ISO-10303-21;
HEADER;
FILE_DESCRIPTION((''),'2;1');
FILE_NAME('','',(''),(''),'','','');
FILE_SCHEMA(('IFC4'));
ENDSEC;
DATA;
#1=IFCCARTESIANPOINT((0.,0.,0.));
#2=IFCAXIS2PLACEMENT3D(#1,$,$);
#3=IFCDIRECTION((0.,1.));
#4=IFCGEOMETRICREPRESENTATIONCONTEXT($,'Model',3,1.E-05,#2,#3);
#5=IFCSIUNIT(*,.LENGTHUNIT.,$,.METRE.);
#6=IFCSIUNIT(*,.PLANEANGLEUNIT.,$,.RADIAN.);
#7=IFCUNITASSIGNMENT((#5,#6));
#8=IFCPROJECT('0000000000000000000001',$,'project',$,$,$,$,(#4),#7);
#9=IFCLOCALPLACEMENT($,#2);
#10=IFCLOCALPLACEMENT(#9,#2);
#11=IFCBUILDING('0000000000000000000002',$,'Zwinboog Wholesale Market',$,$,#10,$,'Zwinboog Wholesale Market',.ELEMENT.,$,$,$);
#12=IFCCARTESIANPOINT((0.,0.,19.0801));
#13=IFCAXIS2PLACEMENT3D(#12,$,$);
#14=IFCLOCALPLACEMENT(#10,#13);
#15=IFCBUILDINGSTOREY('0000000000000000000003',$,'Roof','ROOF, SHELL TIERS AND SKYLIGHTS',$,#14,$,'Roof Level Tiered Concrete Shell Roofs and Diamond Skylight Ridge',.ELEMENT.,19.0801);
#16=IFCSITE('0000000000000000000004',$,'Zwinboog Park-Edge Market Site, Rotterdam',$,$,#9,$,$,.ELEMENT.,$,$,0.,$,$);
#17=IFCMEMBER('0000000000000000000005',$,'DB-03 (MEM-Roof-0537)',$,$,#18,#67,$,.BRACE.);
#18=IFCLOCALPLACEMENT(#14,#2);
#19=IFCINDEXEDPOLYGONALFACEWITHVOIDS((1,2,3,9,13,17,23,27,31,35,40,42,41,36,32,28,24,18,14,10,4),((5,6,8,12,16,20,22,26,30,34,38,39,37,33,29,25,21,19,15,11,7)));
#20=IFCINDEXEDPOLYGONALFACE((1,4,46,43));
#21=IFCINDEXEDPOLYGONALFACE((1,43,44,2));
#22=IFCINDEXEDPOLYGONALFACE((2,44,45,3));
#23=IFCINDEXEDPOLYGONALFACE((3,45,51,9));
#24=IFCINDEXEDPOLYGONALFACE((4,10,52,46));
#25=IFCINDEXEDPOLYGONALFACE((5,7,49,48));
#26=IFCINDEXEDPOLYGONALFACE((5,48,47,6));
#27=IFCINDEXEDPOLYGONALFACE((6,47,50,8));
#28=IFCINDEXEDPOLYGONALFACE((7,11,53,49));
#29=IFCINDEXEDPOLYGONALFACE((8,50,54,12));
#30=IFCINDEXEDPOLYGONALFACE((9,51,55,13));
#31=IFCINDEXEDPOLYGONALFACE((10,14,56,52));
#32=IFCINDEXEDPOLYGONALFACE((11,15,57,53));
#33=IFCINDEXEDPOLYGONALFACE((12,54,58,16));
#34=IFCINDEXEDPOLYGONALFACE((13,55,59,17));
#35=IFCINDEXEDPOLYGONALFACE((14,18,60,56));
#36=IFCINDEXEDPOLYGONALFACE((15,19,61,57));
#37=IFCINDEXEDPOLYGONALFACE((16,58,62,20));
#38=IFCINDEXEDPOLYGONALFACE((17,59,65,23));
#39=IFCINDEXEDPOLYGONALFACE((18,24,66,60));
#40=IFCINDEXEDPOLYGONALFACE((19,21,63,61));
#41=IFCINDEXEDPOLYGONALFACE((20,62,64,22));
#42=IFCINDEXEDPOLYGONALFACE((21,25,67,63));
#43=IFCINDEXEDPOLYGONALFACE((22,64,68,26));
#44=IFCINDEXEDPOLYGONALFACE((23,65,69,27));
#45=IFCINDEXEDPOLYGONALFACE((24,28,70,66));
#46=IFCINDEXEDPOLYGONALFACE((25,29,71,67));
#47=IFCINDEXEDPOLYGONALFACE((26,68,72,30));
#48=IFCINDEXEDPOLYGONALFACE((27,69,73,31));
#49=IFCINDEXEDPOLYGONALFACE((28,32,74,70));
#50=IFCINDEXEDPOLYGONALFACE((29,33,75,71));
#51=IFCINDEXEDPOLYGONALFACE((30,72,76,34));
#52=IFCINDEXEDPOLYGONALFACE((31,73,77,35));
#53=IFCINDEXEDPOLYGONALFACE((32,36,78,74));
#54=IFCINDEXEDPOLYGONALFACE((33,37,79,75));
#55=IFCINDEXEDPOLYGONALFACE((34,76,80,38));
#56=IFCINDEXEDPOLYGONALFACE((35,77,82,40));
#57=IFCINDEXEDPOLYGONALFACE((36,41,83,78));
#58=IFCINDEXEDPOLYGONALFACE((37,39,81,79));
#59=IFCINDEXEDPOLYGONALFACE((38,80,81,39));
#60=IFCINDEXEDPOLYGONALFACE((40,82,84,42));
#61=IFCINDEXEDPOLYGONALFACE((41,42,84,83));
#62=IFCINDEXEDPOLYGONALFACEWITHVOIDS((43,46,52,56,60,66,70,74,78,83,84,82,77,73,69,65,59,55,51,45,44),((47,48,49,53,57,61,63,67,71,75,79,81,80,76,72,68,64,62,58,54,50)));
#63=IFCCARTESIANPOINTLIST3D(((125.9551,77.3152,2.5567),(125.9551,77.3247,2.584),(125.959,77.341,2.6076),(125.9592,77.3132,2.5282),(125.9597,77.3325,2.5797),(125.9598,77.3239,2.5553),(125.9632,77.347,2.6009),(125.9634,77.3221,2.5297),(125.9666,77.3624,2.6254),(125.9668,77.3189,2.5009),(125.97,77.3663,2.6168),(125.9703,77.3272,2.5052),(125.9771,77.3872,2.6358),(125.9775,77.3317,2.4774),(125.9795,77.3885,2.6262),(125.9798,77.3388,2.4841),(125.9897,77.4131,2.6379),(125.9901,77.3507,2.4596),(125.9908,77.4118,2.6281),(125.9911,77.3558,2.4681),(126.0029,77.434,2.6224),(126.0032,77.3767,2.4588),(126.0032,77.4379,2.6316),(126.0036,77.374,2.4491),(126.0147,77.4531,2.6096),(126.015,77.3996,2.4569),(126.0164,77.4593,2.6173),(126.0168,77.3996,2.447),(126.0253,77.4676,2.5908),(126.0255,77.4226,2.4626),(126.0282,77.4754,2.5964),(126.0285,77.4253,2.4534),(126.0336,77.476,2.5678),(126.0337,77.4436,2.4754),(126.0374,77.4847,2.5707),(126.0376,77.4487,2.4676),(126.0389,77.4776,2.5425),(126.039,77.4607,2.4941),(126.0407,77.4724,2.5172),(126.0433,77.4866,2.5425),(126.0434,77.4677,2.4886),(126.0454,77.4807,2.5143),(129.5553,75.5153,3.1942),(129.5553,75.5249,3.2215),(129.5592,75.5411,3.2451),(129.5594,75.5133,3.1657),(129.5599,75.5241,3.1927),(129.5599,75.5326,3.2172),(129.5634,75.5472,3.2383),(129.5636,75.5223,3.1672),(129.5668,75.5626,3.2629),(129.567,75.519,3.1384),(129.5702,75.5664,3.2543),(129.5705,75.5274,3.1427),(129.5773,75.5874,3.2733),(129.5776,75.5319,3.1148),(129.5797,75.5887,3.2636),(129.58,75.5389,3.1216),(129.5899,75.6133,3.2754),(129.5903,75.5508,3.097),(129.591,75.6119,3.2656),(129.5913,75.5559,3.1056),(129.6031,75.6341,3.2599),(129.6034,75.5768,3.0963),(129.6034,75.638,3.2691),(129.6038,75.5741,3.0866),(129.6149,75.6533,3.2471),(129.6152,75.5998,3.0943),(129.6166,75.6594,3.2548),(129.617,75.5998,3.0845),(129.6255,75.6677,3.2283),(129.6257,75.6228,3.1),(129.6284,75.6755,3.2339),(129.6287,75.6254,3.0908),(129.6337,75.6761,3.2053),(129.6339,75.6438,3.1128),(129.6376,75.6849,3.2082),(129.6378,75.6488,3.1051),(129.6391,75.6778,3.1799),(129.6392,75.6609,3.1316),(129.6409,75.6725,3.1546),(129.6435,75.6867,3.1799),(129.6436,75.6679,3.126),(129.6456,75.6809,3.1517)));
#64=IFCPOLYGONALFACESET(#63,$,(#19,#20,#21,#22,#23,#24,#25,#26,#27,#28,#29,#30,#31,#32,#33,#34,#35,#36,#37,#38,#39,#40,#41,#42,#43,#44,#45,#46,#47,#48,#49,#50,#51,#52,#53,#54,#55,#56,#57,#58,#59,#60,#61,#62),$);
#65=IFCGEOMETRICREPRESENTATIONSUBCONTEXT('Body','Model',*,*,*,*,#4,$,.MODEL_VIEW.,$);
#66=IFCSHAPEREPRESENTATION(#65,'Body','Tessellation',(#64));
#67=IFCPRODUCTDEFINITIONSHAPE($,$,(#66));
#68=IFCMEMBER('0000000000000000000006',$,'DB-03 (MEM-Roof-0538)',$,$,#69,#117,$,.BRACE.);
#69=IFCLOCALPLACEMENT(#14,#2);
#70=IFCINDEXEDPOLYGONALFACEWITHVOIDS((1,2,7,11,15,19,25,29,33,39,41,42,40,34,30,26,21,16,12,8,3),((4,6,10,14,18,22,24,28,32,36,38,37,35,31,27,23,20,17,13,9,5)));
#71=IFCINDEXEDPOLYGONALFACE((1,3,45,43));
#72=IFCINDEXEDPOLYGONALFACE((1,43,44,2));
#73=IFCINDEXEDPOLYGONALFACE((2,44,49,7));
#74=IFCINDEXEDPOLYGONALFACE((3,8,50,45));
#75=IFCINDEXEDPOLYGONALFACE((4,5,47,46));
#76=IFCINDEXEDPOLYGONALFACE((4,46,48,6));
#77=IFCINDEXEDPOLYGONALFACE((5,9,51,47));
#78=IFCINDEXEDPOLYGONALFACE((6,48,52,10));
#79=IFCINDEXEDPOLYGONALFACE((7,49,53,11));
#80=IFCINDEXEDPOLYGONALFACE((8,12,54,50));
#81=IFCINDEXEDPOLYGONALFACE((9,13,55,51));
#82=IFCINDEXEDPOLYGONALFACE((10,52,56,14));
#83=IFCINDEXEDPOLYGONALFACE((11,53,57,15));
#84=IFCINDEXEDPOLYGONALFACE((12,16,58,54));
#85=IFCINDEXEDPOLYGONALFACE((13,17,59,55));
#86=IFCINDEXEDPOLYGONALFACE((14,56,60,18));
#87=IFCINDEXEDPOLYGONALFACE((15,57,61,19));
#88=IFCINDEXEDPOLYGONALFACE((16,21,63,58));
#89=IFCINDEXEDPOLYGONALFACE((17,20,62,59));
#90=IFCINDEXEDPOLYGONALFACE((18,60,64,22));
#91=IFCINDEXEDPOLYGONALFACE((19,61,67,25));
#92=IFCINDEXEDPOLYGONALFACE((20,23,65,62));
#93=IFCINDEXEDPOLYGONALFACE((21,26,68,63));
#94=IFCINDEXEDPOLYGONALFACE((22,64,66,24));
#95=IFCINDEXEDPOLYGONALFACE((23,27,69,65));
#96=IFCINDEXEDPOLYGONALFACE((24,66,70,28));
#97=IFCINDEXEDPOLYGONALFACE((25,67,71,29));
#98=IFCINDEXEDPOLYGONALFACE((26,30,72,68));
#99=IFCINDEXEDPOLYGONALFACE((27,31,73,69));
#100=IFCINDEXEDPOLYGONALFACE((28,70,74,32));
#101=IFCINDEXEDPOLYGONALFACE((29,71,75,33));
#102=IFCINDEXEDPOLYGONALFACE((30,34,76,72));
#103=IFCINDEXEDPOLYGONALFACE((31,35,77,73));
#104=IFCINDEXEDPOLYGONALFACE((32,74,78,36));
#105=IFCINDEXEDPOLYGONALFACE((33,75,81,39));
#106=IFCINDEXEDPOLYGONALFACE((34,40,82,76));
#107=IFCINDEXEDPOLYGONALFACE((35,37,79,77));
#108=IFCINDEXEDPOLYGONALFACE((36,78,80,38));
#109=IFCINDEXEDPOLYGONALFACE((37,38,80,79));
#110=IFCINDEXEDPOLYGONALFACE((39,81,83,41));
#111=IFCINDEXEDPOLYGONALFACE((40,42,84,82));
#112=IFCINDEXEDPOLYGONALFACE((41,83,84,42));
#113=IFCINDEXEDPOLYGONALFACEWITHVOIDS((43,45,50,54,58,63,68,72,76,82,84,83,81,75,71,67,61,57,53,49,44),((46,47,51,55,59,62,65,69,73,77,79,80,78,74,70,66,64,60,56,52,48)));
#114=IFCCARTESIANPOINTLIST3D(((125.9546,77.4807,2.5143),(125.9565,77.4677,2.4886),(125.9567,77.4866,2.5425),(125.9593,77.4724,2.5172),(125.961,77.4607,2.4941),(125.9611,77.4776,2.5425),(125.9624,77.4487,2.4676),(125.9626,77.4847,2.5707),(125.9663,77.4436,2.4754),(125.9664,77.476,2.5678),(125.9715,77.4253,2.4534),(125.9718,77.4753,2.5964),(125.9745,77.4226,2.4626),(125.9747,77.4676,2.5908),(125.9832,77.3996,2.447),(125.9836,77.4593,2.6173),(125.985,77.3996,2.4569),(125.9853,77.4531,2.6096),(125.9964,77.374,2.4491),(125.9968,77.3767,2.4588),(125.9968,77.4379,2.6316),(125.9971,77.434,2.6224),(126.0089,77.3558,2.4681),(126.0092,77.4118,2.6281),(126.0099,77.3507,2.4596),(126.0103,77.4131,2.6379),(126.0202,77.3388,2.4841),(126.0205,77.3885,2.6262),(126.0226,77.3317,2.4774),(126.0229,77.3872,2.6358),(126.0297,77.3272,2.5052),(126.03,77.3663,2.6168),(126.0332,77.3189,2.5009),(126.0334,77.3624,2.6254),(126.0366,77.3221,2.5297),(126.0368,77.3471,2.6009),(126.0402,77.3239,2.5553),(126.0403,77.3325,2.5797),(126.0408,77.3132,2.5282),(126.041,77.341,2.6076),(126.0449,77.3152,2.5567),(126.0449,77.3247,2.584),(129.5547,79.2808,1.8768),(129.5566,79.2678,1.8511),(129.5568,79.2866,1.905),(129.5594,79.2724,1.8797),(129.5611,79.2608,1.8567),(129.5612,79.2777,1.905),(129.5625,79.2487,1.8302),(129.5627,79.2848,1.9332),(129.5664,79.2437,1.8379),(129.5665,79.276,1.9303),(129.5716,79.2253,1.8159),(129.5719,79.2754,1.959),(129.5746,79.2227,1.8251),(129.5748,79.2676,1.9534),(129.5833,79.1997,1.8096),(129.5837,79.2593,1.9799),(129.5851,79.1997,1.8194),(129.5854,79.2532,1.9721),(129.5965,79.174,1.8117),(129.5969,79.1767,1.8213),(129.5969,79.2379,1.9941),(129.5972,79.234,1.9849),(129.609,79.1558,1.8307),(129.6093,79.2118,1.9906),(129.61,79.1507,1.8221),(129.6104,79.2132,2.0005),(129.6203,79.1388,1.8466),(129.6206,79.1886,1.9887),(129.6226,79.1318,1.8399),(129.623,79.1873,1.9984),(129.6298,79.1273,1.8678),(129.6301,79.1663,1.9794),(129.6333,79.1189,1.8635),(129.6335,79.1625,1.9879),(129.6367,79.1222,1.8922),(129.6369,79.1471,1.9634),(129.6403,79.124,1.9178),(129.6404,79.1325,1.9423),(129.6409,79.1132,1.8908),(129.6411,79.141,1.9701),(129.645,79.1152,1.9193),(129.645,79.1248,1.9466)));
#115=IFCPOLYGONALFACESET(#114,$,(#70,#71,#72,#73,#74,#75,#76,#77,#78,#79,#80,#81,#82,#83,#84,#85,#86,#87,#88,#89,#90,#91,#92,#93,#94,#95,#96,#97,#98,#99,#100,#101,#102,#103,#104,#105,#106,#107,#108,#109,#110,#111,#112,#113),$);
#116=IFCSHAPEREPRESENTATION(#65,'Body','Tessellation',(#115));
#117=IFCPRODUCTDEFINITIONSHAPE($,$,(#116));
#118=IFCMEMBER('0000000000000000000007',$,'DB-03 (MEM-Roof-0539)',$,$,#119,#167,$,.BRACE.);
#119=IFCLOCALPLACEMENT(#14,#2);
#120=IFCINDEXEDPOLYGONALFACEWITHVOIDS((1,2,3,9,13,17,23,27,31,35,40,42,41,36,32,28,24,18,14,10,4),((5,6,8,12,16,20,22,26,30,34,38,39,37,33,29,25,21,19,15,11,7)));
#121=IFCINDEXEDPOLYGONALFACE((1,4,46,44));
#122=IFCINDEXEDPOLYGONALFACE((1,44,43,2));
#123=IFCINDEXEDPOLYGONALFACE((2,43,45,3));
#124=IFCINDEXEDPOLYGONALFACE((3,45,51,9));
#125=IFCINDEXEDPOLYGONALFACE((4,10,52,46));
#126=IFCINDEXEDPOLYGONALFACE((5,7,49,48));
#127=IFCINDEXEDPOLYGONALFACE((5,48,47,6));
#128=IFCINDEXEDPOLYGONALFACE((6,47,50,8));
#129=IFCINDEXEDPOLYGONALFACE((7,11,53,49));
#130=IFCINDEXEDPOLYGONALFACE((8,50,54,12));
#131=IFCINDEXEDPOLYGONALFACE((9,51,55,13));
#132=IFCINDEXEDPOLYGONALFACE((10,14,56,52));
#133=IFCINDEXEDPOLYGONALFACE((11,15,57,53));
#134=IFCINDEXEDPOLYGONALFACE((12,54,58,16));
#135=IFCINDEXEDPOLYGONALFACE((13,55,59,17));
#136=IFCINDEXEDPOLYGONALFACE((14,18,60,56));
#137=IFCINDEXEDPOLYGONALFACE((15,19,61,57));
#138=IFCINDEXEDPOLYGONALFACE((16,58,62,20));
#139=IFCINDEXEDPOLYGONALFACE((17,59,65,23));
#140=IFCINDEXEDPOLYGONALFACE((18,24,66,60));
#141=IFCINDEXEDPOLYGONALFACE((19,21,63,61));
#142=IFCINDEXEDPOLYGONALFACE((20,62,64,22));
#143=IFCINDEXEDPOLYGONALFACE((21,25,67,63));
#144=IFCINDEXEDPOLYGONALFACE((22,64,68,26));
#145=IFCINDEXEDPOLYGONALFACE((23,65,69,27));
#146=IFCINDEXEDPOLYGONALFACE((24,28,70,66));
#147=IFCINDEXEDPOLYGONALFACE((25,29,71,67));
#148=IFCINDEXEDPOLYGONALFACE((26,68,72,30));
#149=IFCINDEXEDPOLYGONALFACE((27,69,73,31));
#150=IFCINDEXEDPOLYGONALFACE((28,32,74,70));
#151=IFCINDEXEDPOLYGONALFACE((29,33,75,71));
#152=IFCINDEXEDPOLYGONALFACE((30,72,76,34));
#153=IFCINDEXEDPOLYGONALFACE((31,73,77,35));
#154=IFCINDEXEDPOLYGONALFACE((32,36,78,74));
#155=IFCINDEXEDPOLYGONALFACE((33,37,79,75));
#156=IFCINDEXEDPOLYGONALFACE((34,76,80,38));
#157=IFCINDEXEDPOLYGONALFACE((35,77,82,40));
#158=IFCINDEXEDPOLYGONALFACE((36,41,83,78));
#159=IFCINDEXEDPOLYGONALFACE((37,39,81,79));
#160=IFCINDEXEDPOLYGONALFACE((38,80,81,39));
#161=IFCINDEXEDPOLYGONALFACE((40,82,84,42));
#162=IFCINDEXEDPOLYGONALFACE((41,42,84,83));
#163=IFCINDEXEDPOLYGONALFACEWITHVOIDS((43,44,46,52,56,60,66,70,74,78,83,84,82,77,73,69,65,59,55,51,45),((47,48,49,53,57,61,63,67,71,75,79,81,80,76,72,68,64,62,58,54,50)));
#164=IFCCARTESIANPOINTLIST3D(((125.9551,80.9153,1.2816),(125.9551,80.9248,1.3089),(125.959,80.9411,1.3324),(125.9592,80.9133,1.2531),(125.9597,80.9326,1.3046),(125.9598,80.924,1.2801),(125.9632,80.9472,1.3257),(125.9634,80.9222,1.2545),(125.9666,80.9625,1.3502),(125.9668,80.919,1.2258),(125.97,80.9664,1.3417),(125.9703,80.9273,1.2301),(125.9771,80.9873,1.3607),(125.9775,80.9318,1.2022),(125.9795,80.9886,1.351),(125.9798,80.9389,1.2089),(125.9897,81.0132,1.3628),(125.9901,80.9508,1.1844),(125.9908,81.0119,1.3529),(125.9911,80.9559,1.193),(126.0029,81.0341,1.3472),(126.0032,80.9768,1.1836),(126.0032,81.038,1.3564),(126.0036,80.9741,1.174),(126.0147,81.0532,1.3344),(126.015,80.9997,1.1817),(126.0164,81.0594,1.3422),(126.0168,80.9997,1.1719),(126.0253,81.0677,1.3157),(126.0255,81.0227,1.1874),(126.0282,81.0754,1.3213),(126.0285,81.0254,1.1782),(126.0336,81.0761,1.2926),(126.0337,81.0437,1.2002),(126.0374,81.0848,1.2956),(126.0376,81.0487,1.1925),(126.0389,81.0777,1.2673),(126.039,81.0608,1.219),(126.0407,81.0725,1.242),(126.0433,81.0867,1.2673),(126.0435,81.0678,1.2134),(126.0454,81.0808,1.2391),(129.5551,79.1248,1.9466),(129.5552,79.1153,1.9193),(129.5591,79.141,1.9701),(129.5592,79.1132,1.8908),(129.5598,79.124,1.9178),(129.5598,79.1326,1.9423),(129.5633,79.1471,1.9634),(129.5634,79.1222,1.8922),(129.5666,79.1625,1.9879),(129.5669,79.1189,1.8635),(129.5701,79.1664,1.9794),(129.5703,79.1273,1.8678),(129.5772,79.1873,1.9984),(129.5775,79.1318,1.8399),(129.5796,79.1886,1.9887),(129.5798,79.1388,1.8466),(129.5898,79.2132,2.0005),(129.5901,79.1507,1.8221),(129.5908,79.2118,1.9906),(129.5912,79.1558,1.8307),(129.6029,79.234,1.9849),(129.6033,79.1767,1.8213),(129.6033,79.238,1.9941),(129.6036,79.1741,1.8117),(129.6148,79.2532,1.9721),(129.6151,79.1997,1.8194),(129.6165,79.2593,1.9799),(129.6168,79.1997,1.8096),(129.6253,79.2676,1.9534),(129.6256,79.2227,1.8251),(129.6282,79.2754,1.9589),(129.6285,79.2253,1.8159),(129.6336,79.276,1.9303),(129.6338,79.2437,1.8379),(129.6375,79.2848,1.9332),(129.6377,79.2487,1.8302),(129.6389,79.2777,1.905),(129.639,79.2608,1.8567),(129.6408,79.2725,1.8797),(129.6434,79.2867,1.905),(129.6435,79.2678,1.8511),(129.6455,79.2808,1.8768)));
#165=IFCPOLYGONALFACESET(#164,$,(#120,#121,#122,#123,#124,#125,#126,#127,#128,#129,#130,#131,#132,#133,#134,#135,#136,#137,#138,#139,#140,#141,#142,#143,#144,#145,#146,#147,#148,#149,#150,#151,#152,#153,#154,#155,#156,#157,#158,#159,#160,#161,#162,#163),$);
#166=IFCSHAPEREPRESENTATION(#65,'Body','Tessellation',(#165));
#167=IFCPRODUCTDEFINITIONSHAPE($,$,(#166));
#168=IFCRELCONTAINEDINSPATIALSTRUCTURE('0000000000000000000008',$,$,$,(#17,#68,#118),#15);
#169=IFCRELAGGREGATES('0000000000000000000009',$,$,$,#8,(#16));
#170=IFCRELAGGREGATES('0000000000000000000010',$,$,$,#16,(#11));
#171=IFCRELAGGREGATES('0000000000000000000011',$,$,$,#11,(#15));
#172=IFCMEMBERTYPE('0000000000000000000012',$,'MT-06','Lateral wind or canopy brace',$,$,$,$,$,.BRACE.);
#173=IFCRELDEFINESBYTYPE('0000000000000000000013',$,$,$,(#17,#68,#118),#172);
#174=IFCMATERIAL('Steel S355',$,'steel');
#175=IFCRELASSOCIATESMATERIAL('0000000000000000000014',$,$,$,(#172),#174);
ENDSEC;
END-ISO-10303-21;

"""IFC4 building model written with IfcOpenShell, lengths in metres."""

from ifc_helpers import new_model, si_unit, direction, frame, origin, origin_2d, place, context, subcontext, project, spatial, hollow_circle, extrude, material, material_profile, profile_set, type_object, element, save


model = new_model("IFC4")

# Units and contexts
model_context = context("Model", 3, precision=1e-05, world=origin(), true_north=direction((0.0, 1.0)))
body_context = subcontext(model_context, "Body", "Model", "MODEL_VIEW")
ifc_project = project(units=[si_unit("LENGTHUNIT", "METRE"), si_unit("PLANEANGLEUNIT", "RADIAN")], contexts=[model_context])

# Site, building, storey
site_placement = place(None, origin())
site = spatial("IfcSite", under=ifc_project, at=site_placement, Name="Zwinboog Park-Edge Market Site, Rotterdam", CompositionType="ELEMENT", RefElevation=0.0)
building_placement = place(site_placement, origin())
building = spatial("IfcBuilding", under=site, at=building_placement, Name="Zwinboog Wholesale Market", LongName="Zwinboog Wholesale Market", CompositionType="ELEMENT")
storey_placement = place(building_placement, frame((0.0, 0.0, 19.0801)))
storey = spatial("IfcBuildingStorey", under=building, at=storey_placement, Name="Roof", Description="ROOF, SHELL TIERS AND SKYLIGHTS", LongName="Roof Level Tiered Concrete Shell Roofs and Diamond Skylight Ridge", CompositionType="ELEMENT", Elevation=19.0801)

# Members
ifc_material_1 = material(Name="Steel S355", Category="steel")
ifc_material_profile_1 = material_profile(ifc_material_1, hollow_circle(Radius=0.0969, WallThickness=0.01, at=origin_2d()), Name="CHS 193.7x10")
ifc_profile_set_1 = profile_set([ifc_material_profile_1], Name="Steel S355")
member_type_1 = type_object("IfcMemberType", Name="MT-06", Description="Lateral wind or canopy brace", PredefinedType="BRACE", material=ifc_profile_set_1)
for number, where, z_axis, x_axis, name in (
    (1, (126.0, 77.3999, 2.5425), (0.88344, -0.44166, 0.156426), (0.447165, 0.894451, 0.0), "DB-03 (MEM-Roof-0537)"),
    (2, (126.0, 77.3999, 2.5425), (0.883417, 0.441709, -0.156422), (-0.447214, 0.894427, 0.0), "DB-03 (MEM-Roof-0538)"),
    (3, (126.0, 81.0, 1.2673), (0.883409, -0.441704, 0.156481), (0.447214, 0.894427, 0.0), "DB-03 (MEM-Roof-0539)"),
):
    element("IfcMember", number, at=place(storey_placement, frame(where, z_axis=z_axis, x_axis=x_axis)), inside=storey, type_object=member_type_1, Name=name, PredefinedType="BRACE", context=body_context, shape_type="SweptSolid", body=[
        extrude(hollow_circle(Radius=0.0969, WallThickness=0.01, at=origin_2d()), origin(), (0.0, 0.0, 1.0), 4.0752),
    ])

save(model, "model.ifc")
